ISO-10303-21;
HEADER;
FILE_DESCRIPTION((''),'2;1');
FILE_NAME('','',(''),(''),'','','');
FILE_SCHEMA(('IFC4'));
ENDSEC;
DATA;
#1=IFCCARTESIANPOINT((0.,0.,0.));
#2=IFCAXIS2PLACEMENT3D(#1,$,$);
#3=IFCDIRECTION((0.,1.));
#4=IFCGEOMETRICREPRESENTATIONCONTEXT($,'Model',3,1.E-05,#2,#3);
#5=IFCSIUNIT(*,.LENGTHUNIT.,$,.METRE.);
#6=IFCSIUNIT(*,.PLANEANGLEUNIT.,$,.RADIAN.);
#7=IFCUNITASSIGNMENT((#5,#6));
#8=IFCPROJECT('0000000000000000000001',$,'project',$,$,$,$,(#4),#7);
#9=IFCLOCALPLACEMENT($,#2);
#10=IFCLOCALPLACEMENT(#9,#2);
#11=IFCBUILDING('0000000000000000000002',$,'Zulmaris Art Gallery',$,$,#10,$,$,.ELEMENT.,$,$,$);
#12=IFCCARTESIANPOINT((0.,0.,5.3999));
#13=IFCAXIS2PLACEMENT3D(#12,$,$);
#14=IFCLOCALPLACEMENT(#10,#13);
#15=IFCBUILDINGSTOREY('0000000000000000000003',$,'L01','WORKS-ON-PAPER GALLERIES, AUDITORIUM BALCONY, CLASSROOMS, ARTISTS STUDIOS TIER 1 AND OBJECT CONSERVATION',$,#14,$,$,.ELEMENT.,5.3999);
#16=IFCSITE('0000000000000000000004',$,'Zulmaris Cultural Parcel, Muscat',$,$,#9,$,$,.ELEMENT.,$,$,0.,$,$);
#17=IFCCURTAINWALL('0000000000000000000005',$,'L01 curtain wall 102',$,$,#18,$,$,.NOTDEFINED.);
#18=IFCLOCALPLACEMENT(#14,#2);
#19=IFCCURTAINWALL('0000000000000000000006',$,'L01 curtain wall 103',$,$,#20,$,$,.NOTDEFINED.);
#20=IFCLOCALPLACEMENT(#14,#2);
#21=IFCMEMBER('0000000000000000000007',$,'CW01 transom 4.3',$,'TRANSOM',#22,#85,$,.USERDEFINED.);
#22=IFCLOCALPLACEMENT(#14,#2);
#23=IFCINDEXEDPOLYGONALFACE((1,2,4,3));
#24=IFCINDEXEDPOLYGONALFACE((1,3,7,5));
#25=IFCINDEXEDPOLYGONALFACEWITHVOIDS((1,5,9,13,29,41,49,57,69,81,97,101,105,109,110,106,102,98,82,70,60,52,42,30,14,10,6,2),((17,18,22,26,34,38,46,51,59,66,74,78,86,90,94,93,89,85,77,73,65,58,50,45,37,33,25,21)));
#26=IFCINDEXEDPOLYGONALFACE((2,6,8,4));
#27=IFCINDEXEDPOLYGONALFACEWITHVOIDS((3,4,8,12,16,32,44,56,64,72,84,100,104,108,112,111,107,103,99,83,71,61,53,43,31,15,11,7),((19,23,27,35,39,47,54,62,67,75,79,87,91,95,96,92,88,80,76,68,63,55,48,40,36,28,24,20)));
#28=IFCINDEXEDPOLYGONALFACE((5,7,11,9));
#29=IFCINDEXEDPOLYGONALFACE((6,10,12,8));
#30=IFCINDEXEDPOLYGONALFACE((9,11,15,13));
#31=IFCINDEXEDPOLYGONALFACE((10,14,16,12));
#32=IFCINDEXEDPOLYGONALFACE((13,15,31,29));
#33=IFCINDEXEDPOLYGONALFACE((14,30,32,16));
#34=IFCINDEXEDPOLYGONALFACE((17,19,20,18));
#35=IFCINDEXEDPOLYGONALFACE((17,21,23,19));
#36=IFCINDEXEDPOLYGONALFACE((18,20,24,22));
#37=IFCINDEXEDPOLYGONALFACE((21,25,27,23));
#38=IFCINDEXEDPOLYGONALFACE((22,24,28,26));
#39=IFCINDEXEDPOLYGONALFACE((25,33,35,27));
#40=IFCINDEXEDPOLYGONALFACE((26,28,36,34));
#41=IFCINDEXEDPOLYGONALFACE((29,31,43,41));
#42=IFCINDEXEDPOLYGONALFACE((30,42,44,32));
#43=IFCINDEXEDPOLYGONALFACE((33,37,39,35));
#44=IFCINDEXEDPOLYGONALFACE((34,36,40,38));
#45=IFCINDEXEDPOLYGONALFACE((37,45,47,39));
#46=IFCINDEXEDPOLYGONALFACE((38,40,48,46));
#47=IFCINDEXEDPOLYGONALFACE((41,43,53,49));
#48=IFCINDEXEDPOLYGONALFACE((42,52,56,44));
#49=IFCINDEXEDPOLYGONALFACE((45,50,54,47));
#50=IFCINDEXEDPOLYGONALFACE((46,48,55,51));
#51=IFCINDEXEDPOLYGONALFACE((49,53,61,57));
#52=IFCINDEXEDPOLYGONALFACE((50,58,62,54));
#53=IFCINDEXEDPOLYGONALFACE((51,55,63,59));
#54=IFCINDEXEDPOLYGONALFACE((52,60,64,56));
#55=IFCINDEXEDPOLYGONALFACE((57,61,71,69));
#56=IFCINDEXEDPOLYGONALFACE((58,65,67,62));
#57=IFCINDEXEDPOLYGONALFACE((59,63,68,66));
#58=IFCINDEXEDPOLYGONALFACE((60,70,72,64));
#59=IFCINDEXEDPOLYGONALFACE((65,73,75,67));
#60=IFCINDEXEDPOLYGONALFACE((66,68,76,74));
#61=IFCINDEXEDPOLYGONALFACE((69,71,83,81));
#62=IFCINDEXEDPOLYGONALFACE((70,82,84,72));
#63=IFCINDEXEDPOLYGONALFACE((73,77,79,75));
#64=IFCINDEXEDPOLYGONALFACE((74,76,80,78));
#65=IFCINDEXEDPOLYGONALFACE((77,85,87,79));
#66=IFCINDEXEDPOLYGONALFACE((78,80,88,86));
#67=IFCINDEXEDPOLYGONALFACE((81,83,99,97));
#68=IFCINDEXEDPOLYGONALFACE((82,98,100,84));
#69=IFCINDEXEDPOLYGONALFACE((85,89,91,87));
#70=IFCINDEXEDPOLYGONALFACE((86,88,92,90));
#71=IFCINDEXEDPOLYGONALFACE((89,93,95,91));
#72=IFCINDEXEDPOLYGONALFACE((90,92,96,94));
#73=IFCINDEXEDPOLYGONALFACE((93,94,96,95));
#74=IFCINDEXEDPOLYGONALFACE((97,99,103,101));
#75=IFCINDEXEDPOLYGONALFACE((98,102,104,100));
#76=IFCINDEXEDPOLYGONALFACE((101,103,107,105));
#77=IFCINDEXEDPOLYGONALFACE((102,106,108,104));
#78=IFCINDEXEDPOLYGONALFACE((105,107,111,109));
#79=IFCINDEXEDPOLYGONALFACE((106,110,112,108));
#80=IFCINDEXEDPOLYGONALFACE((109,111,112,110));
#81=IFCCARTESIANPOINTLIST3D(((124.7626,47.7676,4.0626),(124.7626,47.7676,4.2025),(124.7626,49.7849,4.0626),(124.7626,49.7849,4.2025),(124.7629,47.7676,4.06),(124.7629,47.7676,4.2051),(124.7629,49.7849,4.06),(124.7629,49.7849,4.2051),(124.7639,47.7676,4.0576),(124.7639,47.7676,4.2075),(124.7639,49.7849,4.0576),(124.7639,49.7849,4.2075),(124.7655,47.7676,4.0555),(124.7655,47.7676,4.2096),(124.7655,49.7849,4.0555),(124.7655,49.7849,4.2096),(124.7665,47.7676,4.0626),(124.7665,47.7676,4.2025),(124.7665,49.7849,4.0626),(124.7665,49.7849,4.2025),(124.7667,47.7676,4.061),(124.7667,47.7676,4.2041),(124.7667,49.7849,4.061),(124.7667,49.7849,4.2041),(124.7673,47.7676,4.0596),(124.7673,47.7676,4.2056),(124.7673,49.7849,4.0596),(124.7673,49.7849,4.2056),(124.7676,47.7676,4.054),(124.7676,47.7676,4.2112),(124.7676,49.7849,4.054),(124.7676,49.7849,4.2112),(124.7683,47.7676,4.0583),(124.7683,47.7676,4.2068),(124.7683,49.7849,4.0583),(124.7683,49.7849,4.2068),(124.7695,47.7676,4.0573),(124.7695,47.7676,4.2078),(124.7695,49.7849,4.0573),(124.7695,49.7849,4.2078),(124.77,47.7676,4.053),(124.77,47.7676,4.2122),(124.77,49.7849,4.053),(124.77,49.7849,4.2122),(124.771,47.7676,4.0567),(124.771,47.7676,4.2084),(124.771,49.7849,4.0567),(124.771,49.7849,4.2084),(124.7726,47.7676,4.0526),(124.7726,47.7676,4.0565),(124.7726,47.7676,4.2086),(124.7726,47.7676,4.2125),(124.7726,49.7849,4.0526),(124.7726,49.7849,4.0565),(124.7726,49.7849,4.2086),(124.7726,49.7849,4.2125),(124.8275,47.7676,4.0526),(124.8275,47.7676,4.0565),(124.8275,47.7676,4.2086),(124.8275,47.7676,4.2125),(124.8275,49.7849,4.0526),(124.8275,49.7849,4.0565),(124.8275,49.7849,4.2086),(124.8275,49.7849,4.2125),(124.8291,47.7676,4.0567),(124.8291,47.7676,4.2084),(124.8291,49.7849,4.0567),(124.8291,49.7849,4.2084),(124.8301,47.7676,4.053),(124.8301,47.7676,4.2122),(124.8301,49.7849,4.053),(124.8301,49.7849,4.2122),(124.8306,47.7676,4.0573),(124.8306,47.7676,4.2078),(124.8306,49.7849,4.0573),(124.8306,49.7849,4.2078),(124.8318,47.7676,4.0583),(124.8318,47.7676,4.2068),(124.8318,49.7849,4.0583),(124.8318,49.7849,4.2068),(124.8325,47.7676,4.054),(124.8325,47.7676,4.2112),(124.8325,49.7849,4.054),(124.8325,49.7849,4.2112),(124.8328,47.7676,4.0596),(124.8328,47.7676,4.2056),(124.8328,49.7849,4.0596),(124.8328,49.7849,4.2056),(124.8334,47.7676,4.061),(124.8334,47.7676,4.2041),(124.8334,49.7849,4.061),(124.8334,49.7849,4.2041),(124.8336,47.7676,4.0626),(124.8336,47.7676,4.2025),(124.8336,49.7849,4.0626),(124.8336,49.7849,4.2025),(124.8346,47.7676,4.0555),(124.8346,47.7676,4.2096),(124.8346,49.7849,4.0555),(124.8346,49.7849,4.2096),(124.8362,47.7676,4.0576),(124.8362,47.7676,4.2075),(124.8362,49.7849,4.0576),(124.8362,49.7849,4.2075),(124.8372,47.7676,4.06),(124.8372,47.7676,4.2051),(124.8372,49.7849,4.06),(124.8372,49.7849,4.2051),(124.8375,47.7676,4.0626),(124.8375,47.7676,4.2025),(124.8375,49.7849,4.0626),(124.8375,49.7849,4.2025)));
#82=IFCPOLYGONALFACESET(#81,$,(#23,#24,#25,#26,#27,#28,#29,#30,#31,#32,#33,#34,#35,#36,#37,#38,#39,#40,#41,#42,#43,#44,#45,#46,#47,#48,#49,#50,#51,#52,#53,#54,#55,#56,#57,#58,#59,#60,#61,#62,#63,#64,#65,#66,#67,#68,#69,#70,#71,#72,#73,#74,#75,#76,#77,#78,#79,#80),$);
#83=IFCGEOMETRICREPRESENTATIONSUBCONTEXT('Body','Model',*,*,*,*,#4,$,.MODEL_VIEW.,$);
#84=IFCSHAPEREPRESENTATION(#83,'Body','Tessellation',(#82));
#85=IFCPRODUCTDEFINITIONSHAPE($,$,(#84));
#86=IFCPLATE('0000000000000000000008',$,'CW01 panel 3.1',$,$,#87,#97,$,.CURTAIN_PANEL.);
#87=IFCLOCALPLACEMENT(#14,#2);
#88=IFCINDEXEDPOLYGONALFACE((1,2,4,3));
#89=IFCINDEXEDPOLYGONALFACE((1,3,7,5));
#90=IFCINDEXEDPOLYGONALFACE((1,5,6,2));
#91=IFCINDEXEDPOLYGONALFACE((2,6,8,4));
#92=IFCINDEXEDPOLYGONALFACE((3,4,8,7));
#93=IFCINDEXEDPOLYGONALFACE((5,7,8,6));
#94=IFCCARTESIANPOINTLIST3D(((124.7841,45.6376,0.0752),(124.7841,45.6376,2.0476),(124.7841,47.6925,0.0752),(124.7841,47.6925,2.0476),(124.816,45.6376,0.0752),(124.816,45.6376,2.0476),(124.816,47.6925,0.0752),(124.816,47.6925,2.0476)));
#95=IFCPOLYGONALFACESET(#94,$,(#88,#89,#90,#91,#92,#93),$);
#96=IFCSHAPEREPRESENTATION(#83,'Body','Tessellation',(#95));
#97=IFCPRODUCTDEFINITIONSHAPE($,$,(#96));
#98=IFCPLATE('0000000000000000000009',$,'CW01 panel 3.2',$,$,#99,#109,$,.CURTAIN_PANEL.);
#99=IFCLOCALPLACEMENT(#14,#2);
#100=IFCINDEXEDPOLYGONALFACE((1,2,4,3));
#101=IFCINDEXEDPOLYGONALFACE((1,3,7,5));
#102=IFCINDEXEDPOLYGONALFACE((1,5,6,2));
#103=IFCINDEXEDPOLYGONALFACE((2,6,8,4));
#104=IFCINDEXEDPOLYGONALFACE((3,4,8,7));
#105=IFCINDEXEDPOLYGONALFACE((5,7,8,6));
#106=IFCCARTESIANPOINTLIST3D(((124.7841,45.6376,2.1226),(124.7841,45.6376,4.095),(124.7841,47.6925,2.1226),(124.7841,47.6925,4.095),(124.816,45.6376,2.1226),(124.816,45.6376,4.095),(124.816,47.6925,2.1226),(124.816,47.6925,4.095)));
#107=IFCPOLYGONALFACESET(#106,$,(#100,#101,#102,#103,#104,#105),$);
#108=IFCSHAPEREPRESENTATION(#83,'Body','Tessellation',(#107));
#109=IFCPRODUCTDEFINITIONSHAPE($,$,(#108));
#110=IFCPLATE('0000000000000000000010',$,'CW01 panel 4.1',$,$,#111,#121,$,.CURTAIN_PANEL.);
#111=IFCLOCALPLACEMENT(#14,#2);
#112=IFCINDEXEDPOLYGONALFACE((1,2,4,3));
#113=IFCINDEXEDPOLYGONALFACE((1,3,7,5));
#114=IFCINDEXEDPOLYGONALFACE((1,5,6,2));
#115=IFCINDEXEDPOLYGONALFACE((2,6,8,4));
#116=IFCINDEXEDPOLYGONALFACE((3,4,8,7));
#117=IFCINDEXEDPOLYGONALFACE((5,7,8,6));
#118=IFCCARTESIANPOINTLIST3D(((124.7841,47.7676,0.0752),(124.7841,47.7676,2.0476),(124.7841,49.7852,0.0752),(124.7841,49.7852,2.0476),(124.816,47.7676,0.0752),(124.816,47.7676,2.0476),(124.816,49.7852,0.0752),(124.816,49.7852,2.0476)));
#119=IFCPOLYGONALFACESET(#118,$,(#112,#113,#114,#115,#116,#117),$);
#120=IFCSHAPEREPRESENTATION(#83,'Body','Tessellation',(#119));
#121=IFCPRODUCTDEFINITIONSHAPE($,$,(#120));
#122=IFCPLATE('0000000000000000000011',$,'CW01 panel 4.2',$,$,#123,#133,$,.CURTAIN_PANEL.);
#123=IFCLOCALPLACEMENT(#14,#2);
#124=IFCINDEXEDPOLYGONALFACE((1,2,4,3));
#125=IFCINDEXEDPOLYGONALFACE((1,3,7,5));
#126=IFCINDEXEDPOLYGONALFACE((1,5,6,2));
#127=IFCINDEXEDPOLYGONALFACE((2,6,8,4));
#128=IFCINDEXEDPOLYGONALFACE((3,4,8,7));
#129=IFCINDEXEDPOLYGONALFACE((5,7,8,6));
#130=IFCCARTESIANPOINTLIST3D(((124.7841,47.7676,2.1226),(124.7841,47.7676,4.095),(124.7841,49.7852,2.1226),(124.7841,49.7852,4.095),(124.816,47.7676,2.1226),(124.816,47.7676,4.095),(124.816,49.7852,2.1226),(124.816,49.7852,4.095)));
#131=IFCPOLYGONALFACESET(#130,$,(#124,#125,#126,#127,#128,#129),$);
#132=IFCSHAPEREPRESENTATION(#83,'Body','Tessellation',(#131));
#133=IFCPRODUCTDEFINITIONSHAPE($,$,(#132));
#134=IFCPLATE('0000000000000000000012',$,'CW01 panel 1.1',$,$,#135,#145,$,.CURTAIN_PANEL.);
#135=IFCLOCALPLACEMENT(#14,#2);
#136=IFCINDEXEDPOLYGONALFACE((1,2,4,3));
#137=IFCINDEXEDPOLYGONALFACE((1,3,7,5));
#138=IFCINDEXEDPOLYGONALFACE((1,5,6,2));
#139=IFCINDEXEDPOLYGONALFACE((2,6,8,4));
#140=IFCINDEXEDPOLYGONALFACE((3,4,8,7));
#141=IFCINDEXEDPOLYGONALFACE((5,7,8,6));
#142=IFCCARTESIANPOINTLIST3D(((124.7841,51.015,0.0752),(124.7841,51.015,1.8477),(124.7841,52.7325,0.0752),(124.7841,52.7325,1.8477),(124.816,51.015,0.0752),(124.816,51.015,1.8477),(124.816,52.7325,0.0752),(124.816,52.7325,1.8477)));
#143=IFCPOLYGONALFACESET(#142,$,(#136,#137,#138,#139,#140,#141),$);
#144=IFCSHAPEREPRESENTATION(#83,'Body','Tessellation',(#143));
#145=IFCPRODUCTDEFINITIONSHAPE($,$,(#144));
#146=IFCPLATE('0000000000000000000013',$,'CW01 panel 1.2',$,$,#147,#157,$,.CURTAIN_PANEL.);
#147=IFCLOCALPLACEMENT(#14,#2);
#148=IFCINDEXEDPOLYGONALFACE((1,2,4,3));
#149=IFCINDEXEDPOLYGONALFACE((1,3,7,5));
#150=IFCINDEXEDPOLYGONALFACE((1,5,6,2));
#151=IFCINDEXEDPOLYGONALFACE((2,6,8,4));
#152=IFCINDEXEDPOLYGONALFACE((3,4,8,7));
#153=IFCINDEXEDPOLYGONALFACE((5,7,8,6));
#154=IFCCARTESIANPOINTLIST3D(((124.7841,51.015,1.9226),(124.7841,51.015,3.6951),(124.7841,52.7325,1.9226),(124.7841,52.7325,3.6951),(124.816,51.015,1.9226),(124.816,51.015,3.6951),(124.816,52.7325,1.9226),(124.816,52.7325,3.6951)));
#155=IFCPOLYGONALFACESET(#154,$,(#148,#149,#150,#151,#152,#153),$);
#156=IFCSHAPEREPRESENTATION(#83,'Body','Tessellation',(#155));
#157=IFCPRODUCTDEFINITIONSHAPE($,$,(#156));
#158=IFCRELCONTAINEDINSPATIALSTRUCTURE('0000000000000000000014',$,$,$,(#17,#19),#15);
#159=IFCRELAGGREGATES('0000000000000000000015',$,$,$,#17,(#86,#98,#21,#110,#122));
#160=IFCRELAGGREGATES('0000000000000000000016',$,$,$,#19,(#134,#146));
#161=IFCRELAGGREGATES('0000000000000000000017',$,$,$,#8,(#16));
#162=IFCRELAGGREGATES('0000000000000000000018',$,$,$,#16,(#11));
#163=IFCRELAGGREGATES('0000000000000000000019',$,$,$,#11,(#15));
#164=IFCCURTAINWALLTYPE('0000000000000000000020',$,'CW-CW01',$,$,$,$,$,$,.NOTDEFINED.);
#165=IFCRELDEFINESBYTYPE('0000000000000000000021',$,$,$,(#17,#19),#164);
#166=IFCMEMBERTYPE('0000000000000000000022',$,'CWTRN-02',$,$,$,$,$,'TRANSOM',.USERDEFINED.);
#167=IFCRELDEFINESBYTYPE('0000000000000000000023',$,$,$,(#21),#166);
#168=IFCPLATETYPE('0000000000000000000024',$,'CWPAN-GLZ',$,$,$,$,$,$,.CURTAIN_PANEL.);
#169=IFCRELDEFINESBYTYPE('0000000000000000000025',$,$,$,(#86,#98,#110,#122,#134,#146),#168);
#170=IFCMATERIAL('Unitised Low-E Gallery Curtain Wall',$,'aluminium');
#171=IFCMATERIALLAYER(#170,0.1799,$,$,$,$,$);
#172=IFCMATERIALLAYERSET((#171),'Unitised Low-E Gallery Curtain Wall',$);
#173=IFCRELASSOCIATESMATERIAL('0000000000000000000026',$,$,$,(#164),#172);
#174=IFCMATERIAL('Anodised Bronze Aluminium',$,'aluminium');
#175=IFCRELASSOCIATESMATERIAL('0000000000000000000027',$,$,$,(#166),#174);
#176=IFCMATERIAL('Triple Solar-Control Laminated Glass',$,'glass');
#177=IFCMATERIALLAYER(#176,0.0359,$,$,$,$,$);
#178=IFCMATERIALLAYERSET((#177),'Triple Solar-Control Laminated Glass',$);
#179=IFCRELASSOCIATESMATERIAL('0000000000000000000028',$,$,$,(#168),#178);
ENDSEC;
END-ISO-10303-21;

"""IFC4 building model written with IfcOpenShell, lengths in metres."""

from ifc_helpers import new_model, si_unit, direction, frame, origin, origin_2d, place, context, subcontext, project, spatial, rectangle, hollow_rectangle, extrude, material, layer, layer_set, material_profile, profile_set, type_object, element, aggregate, save


model = new_model("IFC4")

# Units and contexts
model_context = context("Model", 3, precision=1e-05, world=origin(), true_north=direction((0.0, 1.0)))
body_context = subcontext(model_context, "Body", "Model", "MODEL_VIEW")
ifc_project = project(units=[si_unit("LENGTHUNIT", "METRE"), si_unit("PLANEANGLEUNIT", "RADIAN")], contexts=[model_context])

# Site, building, storey
site_placement = place(None, origin())
site = spatial("IfcSite", under=ifc_project, at=site_placement, Name="Zulmaris Cultural Parcel, Muscat", CompositionType="ELEMENT", RefElevation=0.0)
building_placement = place(site_placement, origin())
building = spatial("IfcBuilding", under=site, at=building_placement, Name="Zulmaris Art Gallery", CompositionType="ELEMENT")
storey_placement = place(building_placement, frame((0.0, 0.0, 5.3999)))
storey = spatial("IfcBuildingStorey", under=building, at=storey_placement, Name="L01", Description="WORKS-ON-PAPER GALLERIES, AUDITORIUM BALCONY, CLASSROOMS, ARTISTS STUDIOS TIER 1 AND OBJECT CONSERVATION", CompositionType="ELEMENT", Elevation=5.3999)

# Curtain walls
ifc_material_1 = material(Name="Unitised Low-E Gallery Curtain Wall", Category="aluminium")
ifc_layer_1 = layer(ifc_material_1, 0.1799)
ifc_layer_set_1 = layer_set([ifc_layer_1], Name="Unitised Low-E Gallery Curtain Wall")
curtain_wall_type = type_object("IfcCurtainWallType", Name="CW-CW01", PredefinedType="NOTDEFINED", material=ifc_layer_set_1)
curtain_wall_1_placement = place(storey_placement, origin())
curtain_wall_1 = element("IfcCurtainWall", 1, at=curtain_wall_1_placement, inside=storey, type_object=curtain_wall_type, Name="L01 curtain wall 102", PredefinedType="NOTDEFINED")
ifc_material_2 = material(Name="Anodised Bronze Aluminium", Category="aluminium")
curtain_wall_2_placement = place(storey_placement, origin())
curtain_wall_2 = element("IfcCurtainWall", 2, at=curtain_wall_2_placement, inside=storey, type_object=curtain_wall_type, Name="L01 curtain wall 103", PredefinedType="NOTDEFINED")

# Member
ifc_material_profile_1 = material_profile(ifc_material_2, hollow_rectangle(XDim=0.075, YDim=0.1599, WallThickness=0.0039, InnerFilletRadius=0.0061, OuterFilletRadius=0.01, at=origin_2d()), Name="ALU 75x160x4")
ifc_profile_set_1 = profile_set([ifc_material_profile_1], Name="Anodised Bronze Aluminium")
member_type_1 = type_object("IfcMemberType", Name="CWTRN-02", ElementType="TRANSOM", PredefinedType="USERDEFINED", material=ifc_profile_set_1)
member_1_placement = place(storey_placement, frame((124.8, 47.7676, 4.1326), z_axis=(0.0, 1.0, 0.0), x_axis=(-1.0, 0.0, 0.0)))
member_1 = element("IfcMember", 3, at=member_1_placement, type_object=member_type_1, Name="CW01 transom 4.3", ObjectType="TRANSOM", PredefinedType="USERDEFINED", context=body_context, shape_type="SweptSolid", body=[
    extrude(hollow_rectangle(XDim=0.075, YDim=0.1599, WallThickness=0.0039, InnerFilletRadius=0.0061, OuterFilletRadius=0.01, at=origin_2d()), origin(), (0.0, 0.0, 1.0), 2.0173),
])

# Plates
ifc_material_3 = material(Name="Triple Solar-Control Laminated Glass", Category="glass")
ifc_layer_2 = layer(ifc_material_3, 0.0359)
ifc_layer_set_2 = layer_set([ifc_layer_2], Name="Triple Solar-Control Laminated Glass")
plate_type = type_object("IfcPlateType", Name="CWPAN-GLZ", PredefinedType="CURTAIN_PANEL", material=ifc_layer_set_2)
plate_1_placement = place(storey_placement, frame((124.8, 46.665, 0.0752), z_axis=(0.0, 0.0, 1.0), x_axis=(0.0, 1.0, 0.0)))
plate_1 = element("IfcPlate", 4, at=plate_1_placement, type_object=plate_type, Name="CW01 panel 3.1", PredefinedType="CURTAIN_PANEL", context=body_context, shape_type="SweptSolid", body=[
    extrude(rectangle(XDim=2.0549, YDim=0.032, at=origin_2d()), origin(), (0.0, 0.0, 1.0), 1.9724),
])
plate_2_placement = place(storey_placement, frame((124.8, 46.665, 2.1226), z_axis=(0.0, 0.0, 1.0), x_axis=(0.0, 1.0, 0.0)))
plate_2 = element("IfcPlate", 5, at=plate_2_placement, type_object=plate_type, Name="CW01 panel 3.2", PredefinedType="CURTAIN_PANEL", context=body_context, shape_type="SweptSolid", body=[
    extrude(rectangle(XDim=2.0549, YDim=0.032, at=origin_2d()), origin(), (0.0, 0.0, 1.0), 1.9724),
])
plate_3_placement = place(storey_placement, frame((124.8, 48.7764, 0.0752), z_axis=(0.0, 0.0, 1.0), x_axis=(0.0, 1.0, 0.0)))
plate_3 = element("IfcPlate", 6, at=plate_3_placement, type_object=plate_type, Name="CW01 panel 4.1", PredefinedType="CURTAIN_PANEL", context=body_context, shape_type="SweptSolid", body=[
    extrude(rectangle(XDim=2.0176, YDim=0.032, at=origin_2d()), origin(), (0.0, 0.0, 1.0), 1.9724),
])
plate_4_placement = place(storey_placement, frame((124.8, 48.7764, 2.1226), z_axis=(0.0, 0.0, 1.0), x_axis=(0.0, 1.0, 0.0)))
plate_4 = element("IfcPlate", 7, at=plate_4_placement, type_object=plate_type, Name="CW01 panel 4.2", PredefinedType="CURTAIN_PANEL", context=body_context, shape_type="SweptSolid", body=[
    extrude(rectangle(XDim=2.0176, YDim=0.032, at=origin_2d()), origin(), (0.0, 0.0, 1.0), 1.9724),
])
aggregate(curtain_wall_1, [plate_1, plate_2, member_1, plate_3, plate_4])
plate_5_placement = place(storey_placement, frame((124.8, 51.8738, 0.0752), z_axis=(0.0, 0.0, 1.0), x_axis=(0.0, 1.0, 0.0)))
plate_5 = element("IfcPlate", 8, at=plate_5_placement, type_object=plate_type, Name="CW01 panel 1.1", PredefinedType="CURTAIN_PANEL", context=body_context, shape_type="SweptSolid", body=[
    extrude(rectangle(XDim=1.7175, YDim=0.032, at=origin_2d()), origin(), (0.0, 0.0, 1.0), 1.7725),
])
plate_6_placement = place(storey_placement, frame((124.8, 51.8738, 1.9226), z_axis=(0.0, 0.0, 1.0), x_axis=(0.0, 1.0, 0.0)))
plate_6 = element("IfcPlate", 9, at=plate_6_placement, type_object=plate_type, Name="CW01 panel 1.2", PredefinedType="CURTAIN_PANEL", context=body_context, shape_type="SweptSolid", body=[
    extrude(rectangle(XDim=1.7175, YDim=0.032, at=origin_2d()), origin(), (0.0, 0.0, 1.0), 1.7725),
])
aggregate(curtain_wall_2, [plate_5, plate_6])

save(model, "model.ifc")
